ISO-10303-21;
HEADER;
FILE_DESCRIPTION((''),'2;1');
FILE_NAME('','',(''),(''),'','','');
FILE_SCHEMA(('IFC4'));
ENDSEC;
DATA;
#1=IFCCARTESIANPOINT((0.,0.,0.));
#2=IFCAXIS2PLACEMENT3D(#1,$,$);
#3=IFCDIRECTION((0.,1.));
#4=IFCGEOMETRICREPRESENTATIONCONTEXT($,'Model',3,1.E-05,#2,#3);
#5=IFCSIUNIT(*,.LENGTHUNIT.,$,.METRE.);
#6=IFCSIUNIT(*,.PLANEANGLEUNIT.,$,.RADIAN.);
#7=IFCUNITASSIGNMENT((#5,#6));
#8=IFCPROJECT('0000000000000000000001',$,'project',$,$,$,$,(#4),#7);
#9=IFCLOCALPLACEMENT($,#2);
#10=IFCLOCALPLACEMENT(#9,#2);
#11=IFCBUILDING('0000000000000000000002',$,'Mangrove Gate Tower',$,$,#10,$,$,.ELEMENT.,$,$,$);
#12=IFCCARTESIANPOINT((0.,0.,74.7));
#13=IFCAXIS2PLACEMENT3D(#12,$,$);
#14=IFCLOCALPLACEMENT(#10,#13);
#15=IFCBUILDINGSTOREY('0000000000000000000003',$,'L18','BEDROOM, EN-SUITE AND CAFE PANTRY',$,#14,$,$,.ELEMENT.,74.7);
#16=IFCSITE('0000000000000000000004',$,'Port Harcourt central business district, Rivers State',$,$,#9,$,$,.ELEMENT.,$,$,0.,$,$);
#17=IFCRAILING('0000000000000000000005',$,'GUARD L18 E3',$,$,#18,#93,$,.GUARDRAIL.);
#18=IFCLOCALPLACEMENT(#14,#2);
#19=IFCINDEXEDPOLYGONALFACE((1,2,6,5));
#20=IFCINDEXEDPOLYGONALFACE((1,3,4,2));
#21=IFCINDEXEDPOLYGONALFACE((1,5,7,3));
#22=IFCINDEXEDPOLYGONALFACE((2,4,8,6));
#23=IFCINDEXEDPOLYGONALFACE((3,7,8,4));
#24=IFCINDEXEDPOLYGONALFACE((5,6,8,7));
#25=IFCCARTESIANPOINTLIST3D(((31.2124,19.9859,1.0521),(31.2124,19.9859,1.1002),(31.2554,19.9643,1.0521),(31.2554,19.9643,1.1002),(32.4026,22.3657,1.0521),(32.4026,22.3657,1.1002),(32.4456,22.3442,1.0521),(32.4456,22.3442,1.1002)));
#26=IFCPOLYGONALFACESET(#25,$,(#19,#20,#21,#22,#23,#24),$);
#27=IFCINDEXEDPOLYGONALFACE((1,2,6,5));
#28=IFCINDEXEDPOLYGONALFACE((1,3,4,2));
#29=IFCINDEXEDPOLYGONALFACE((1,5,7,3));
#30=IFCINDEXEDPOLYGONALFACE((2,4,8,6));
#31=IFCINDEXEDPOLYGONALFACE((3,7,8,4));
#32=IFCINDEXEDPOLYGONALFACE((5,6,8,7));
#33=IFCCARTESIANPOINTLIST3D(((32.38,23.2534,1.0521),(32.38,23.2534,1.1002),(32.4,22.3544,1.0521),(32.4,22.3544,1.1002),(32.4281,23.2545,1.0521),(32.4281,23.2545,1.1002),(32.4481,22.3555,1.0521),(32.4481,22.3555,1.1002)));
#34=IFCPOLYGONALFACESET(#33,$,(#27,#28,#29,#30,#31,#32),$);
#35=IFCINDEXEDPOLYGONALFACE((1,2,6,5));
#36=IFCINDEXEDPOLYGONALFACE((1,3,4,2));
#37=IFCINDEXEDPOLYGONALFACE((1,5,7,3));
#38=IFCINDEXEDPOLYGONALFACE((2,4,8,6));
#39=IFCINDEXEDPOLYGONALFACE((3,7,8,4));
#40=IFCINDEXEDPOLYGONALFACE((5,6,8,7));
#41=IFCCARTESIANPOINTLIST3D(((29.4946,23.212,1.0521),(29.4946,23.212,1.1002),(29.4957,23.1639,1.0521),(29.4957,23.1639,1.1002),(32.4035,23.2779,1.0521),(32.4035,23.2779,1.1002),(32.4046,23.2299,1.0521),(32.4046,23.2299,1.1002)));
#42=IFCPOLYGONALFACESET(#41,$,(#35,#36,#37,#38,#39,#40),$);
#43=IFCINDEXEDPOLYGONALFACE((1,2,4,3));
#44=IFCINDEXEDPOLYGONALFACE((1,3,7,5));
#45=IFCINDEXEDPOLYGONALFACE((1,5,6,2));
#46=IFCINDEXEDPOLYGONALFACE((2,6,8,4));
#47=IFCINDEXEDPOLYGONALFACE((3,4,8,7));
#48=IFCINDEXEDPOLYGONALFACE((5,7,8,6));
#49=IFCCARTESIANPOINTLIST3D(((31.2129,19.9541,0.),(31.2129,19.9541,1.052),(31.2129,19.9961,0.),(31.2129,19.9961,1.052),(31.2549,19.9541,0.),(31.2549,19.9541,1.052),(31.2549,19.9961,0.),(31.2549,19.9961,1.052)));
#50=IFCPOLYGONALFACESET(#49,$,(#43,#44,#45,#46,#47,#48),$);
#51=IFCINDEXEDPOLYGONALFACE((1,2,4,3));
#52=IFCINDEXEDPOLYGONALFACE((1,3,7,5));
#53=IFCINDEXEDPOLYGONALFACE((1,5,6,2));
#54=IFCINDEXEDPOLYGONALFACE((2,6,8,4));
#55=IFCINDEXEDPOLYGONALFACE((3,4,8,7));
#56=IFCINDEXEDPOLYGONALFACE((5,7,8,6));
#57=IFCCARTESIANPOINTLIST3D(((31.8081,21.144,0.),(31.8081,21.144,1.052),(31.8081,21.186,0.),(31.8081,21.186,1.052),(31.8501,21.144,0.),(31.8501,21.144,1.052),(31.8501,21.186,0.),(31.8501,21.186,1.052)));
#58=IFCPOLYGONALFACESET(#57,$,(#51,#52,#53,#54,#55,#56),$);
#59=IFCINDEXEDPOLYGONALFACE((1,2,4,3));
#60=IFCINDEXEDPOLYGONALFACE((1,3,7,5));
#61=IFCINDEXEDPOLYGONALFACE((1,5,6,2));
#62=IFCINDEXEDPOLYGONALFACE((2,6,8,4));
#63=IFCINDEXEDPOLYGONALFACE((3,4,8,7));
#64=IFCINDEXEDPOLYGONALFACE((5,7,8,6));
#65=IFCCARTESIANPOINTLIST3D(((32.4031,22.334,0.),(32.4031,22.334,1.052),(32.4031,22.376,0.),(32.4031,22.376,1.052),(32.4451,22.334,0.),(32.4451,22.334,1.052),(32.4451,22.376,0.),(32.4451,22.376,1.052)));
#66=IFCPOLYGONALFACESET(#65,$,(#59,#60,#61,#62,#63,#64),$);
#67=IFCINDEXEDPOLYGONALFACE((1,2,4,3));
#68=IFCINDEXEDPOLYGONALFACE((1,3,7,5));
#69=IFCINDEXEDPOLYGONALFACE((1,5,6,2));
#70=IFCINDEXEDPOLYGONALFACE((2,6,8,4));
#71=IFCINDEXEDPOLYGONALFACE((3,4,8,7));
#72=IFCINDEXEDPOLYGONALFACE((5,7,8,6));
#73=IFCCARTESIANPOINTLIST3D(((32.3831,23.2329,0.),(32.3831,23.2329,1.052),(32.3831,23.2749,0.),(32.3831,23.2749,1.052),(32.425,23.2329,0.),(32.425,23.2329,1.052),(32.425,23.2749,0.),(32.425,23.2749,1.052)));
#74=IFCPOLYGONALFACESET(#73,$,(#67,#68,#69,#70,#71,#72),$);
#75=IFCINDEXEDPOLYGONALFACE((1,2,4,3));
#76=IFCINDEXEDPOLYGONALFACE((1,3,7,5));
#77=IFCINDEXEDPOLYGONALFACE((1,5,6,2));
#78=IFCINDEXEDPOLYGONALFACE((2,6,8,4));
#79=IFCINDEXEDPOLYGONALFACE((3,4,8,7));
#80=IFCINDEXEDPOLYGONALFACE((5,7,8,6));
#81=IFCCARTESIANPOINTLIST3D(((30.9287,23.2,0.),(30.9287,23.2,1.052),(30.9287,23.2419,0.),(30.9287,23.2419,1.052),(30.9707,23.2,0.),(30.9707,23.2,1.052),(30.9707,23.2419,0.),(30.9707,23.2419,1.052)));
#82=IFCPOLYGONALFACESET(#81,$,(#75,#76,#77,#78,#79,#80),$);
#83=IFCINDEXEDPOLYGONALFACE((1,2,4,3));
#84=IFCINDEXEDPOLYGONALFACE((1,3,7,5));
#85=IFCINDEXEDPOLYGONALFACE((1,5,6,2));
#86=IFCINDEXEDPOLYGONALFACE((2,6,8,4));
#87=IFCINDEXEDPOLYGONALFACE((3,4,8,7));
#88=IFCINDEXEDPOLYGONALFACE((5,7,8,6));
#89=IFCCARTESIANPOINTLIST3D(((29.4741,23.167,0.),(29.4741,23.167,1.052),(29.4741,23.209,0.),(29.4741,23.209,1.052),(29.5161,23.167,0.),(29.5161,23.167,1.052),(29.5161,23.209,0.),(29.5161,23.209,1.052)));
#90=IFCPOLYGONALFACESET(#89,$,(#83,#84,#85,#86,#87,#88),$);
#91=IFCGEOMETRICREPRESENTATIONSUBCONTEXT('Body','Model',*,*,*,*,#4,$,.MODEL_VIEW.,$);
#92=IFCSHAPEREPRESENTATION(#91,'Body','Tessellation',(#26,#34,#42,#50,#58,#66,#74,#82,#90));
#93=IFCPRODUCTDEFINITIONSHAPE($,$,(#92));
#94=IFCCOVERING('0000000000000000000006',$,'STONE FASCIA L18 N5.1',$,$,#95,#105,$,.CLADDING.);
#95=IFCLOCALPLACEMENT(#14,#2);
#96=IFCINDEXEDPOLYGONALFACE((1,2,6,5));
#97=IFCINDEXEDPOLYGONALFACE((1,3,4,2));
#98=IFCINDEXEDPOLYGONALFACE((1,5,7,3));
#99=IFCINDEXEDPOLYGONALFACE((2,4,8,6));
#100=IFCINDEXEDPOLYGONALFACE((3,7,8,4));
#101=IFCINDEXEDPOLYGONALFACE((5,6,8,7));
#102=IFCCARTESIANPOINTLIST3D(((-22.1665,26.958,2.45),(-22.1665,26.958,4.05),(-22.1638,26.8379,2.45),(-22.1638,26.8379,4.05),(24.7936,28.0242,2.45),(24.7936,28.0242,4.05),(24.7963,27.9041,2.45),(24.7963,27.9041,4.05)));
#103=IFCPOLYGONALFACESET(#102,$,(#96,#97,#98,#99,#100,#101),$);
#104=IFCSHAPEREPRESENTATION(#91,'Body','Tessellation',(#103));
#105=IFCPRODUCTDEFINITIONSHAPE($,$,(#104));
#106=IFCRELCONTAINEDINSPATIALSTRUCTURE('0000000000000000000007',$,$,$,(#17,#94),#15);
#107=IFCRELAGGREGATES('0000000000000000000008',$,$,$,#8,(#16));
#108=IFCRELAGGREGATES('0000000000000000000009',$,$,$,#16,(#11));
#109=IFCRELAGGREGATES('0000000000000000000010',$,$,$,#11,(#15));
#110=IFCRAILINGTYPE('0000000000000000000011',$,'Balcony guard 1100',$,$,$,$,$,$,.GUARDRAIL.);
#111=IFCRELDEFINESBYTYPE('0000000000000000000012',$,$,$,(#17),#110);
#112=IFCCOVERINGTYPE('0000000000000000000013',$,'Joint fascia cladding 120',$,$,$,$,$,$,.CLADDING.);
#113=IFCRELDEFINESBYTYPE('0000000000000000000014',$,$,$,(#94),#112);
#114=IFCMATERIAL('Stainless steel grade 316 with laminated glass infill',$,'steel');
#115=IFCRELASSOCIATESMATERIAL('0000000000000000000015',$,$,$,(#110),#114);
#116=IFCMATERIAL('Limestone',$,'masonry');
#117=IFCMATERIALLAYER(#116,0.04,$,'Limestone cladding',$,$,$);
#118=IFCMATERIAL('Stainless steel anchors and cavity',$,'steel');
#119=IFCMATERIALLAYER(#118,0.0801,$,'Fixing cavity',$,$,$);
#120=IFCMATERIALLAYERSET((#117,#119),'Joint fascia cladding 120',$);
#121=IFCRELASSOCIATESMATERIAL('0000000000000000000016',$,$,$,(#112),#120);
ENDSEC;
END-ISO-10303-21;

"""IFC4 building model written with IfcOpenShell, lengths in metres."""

from ifc_helpers import new_model, si_unit, direction, frame, frame_2d, origin, origin_2d, place, context, subcontext, project, spatial, rectangle, extrude, material, layer, layer_set, type_object, element, save


model = new_model("IFC4")

# Units and contexts
model_context = context("Model", 3, precision=1e-05, world=origin(), true_north=direction((0.0, 1.0)))
body_context = subcontext(model_context, "Body", "Model", "MODEL_VIEW")
ifc_project = project(units=[si_unit("LENGTHUNIT", "METRE"), si_unit("PLANEANGLEUNIT", "RADIAN")], contexts=[model_context])

# Site, building, storey
site_placement = place(None, origin())
site = spatial("IfcSite", under=ifc_project, at=site_placement, Name="Port Harcourt central business district, Rivers State", CompositionType="ELEMENT", RefElevation=0.0)
building_placement = place(site_placement, origin())
building = spatial("IfcBuilding", under=site, at=building_placement, Name="Mangrove Gate Tower", CompositionType="ELEMENT")
storey_placement = place(building_placement, frame((0.0, 0.0, 74.7)))
storey = spatial("IfcBuildingStorey", under=building, at=storey_placement, Name="L18", Description="BEDROOM, EN-SUITE AND CAFE PANTRY", CompositionType="ELEMENT", Elevation=74.7)

# Shared definitions
ifc_material_1 = material(Name="Limestone", Category="masonry")

# Railing
ifc_material_2 = material(Name="Stainless steel grade 316 with laminated glass infill", Category="steel")
railing_type = type_object("IfcRailingType", Name="Balcony guard 1100", PredefinedType="GUARDRAIL", material=ifc_material_2)
railing_1_placement = place(storey_placement, frame((31.2339, 19.9751, 0.0)))
element("IfcRailing", 1, at=railing_1_placement, inside=storey, type_object=railing_type, Name="GUARD L18 E3", PredefinedType="GUARDRAIL", context=body_context, shape_type="SweptSolid", body=[
    extrude(rectangle(XDim=0.0481, YDim=0.0481, at=origin_2d()), frame((0.0, 0.0, 1.0762), z_axis=(0.447287, 0.89439, 0.0), x_axis=(-0.89439, 0.447287, 0.0)), (0.0, 0.0, 1.0), 2.6609),
    extrude(rectangle(XDim=0.0481, YDim=0.0481, at=origin_2d()), frame((1.1902, 2.3799, 1.0762), z_axis=(-0.022265, 0.999752, 0.0), x_axis=(-0.999752, -0.022265, 0.0)), (0.0, 0.0, 1.0), 0.8992),
    extrude(rectangle(XDim=0.0481, YDim=0.0481, at=origin_2d()), frame((1.1702, 3.2788, 1.0762), z_axis=(-0.999743, -0.022655, 0.0), x_axis=(0.022655, -0.999743, 0.0)), (0.0, 0.0, 1.0), 2.9097),
    extrude(rectangle(XDim=0.042, YDim=0.042, at=origin_2d()), origin(), (0.0, 0.0, 1.0), 1.052),
    extrude(rectangle(XDim=0.042, YDim=0.042, at=origin_2d()), frame((0.5952, 1.1899, 0.0)), (0.0, 0.0, 1.0), 1.052),
    extrude(rectangle(XDim=0.042, YDim=0.042, at=origin_2d()), frame((1.1902, 2.3799, 0.0)), (0.0, 0.0, 1.0), 1.052),
    extrude(rectangle(XDim=0.042, YDim=0.042, at=origin_2d()), frame((1.1702, 3.2788, 0.0)), (0.0, 0.0, 1.0), 1.052),
    extrude(rectangle(XDim=0.042, YDim=0.042, at=origin_2d()), frame((-0.2842, 3.2458, 0.0)), (0.0, 0.0, 1.0), 1.052),
    extrude(rectangle(XDim=0.042, YDim=0.042, at=origin_2d()), frame((-1.7388, 3.2129, 0.0)), (0.0, 0.0, 1.0), 1.052),
])

# Covering
ifc_layer_1 = layer(ifc_material_1, 0.04, Name="Limestone cladding")
ifc_material_3 = material(Name="Stainless steel anchors and cavity", Category="steel")
ifc_layer_2 = layer(ifc_material_3, 0.0801, Name="Fixing cavity")
ifc_layer_set_1 = layer_set([ifc_layer_1, ifc_layer_2], Name="Joint fascia cladding 120")
covering_type = type_object("IfcCoveringType", Name="Joint fascia cladding 120", PredefinedType="CLADDING", material=ifc_layer_set_1)
covering_placement = place(storey_placement, frame((24.7949, 27.9641, 2.45), z_axis=(0.0, 0.0, 1.0), x_axis=(-0.999742, -0.022698, 0.0)))
element("IfcCovering", 2, at=covering_placement, inside=storey, type_object=covering_type, Name="STONE FASCIA L18 N5.1", PredefinedType="CLADDING", context=body_context, shape_type="SweptSolid", body=[
    extrude(rectangle(XDim=46.9722, YDim=0.1201, at=frame_2d((23.4861, 0.0))), origin(), (0.0, 0.0, 1.0), 1.6001),
])

save(model, "model.ifc")
